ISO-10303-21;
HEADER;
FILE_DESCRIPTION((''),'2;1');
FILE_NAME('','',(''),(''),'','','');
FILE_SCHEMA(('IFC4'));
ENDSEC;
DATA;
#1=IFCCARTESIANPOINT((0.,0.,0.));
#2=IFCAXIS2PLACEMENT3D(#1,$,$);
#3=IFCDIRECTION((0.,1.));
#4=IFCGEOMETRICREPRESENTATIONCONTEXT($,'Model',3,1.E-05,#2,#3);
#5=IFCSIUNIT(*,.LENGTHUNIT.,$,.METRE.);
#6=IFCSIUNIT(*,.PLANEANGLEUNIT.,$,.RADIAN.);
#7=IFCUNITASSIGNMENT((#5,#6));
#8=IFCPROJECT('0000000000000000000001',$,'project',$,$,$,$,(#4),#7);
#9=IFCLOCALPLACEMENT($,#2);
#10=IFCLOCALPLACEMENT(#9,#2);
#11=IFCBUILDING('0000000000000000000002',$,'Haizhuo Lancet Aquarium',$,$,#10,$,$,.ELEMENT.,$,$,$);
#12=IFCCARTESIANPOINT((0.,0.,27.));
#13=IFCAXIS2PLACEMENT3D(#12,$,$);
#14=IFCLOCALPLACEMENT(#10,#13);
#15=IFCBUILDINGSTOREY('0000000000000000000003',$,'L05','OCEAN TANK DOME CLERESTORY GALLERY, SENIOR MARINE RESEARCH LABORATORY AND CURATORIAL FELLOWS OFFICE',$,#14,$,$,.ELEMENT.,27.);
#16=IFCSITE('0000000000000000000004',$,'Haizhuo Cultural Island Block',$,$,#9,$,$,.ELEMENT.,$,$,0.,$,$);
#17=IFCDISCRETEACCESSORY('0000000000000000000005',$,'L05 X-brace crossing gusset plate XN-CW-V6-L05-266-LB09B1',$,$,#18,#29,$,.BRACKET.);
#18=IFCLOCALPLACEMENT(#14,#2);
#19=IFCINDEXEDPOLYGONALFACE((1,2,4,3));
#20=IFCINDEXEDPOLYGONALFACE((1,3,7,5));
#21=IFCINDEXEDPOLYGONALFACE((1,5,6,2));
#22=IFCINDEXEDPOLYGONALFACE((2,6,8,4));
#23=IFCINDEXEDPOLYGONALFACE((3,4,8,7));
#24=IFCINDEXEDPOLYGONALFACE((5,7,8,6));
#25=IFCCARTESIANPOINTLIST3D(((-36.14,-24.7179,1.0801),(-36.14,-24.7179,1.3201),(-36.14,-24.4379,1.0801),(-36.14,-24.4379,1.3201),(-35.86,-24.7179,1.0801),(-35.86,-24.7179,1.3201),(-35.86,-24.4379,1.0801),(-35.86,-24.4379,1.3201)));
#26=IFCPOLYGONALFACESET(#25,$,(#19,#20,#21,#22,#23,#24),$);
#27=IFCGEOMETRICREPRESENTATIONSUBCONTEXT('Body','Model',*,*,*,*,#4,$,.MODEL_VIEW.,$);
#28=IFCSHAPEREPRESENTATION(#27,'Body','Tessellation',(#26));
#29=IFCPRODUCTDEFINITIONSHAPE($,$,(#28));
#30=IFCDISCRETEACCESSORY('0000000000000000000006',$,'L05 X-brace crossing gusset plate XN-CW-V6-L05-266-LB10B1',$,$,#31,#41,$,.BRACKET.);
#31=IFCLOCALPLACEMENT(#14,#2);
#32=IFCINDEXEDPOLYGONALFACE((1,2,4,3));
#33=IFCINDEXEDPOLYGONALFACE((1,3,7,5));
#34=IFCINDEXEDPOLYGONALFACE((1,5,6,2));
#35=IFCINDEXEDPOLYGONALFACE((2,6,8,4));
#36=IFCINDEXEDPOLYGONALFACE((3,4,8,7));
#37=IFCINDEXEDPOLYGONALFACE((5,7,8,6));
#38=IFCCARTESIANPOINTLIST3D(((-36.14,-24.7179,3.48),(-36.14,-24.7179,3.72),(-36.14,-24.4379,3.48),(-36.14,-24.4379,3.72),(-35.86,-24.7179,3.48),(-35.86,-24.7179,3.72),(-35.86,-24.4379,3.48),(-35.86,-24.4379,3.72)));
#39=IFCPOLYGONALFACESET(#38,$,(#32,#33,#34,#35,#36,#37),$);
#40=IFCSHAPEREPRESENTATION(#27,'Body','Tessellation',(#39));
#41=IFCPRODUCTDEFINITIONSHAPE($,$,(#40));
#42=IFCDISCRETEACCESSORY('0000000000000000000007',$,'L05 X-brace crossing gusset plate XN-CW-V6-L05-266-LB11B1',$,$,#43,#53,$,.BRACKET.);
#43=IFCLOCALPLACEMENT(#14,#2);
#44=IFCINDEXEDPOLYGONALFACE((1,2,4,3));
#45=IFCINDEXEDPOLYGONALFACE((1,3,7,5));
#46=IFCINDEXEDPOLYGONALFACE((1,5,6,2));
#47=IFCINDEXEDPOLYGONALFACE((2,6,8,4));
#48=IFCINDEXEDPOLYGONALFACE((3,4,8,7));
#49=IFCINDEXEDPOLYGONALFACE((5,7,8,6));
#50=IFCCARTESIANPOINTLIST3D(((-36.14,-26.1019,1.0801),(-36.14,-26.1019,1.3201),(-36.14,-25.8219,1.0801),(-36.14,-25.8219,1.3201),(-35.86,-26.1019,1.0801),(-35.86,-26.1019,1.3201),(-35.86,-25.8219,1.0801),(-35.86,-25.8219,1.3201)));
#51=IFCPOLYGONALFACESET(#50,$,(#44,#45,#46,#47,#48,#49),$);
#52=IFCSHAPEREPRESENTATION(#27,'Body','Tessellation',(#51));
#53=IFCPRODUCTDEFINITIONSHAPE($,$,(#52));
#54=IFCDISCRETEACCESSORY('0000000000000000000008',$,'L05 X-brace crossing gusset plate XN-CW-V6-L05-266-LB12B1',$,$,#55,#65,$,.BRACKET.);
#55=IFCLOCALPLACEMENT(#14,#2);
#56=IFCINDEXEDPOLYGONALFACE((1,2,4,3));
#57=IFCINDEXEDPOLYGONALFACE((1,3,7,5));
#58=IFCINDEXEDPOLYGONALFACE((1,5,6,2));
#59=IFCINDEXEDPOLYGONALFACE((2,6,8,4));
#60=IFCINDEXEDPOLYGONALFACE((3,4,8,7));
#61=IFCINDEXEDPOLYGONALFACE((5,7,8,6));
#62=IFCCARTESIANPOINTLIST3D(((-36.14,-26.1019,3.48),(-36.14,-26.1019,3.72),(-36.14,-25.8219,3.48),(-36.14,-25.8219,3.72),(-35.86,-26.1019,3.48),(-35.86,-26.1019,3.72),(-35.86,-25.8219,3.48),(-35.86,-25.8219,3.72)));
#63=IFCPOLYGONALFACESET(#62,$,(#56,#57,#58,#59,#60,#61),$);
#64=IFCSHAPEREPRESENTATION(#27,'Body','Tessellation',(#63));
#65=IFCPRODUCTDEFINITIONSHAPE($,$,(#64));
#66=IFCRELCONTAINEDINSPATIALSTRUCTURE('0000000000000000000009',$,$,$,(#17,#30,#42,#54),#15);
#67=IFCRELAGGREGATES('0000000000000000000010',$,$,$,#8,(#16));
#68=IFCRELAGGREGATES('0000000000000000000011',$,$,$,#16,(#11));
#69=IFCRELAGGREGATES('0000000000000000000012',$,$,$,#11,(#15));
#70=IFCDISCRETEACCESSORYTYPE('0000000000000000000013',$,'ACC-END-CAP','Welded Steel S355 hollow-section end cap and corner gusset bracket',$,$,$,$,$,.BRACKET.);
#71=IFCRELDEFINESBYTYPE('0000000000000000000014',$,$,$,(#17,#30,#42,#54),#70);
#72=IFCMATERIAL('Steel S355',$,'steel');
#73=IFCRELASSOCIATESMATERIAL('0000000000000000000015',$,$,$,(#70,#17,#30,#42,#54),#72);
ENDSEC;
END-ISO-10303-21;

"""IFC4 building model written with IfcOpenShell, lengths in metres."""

from ifc_helpers import new_model, si_unit, direction, frame, origin, origin_2d, place, context, subcontext, project, spatial, rectangle, extrude, material, type_object, element, save


model = new_model("IFC4")

# Units and contexts
model_context = context("Model", 3, precision=1e-05, world=origin(), true_north=direction((0.0, 1.0)))
body_context = subcontext(model_context, "Body", "Model", "MODEL_VIEW")
ifc_project = project(units=[si_unit("LENGTHUNIT", "METRE"), si_unit("PLANEANGLEUNIT", "RADIAN")], contexts=[model_context])

# Site, building, storey
site_placement = place(None, origin())
site = spatial("IfcSite", under=ifc_project, at=site_placement, Name="Haizhuo Cultural Island Block", CompositionType="ELEMENT", RefElevation=0.0)
building_placement = place(site_placement, origin())
building = spatial("IfcBuilding", under=site, at=building_placement, Name="Haizhuo Lancet Aquarium", CompositionType="ELEMENT")
storey_placement = place(building_placement, frame((0.0, 0.0, 27.0)))
storey = spatial("IfcBuildingStorey", under=building, at=storey_placement, Name="L05", Description="OCEAN TANK DOME CLERESTORY GALLERY, SENIOR MARINE RESEARCH LABORATORY AND CURATORIAL FELLOWS OFFICE", CompositionType="ELEMENT", Elevation=27.0)

# Discrete accessories
ifc_material = material(Name="Steel S355", Category="steel")
discrete_accessory_type = type_object("IfcDiscreteAccessoryType", Name="ACC-END-CAP", Description="Welded Steel S355 hollow-section end cap and corner gusset bracket", PredefinedType="BRACKET", material=ifc_material)
for number, where, z_axis, x_axis, name in (
    (1, (-36.0, -24.5779, 1.0801), (0.0, 0.0, 1.0), (1.0, 0.0, 0.0), "L05 X-brace crossing gusset plate XN-CW-V6-L05-266-LB09B1"),
    (2, (-36.0, -24.5779, 3.48), (0.0, 0.0, 1.0), (1.0, 0.0, 0.0), "L05 X-brace crossing gusset plate XN-CW-V6-L05-266-LB10B1"),
    (3, (-36.0, -25.9619, 1.0801), (0.0, 0.0, 1.0), (1.0, 0.0, 0.0), "L05 X-brace crossing gusset plate XN-CW-V6-L05-266-LB11B1"),
    (4, (-36.0, -25.9619, 3.48), (0.0, 0.0, 1.0), (1.0, 0.0, 0.0), "L05 X-brace crossing gusset plate XN-CW-V6-L05-266-LB12B1"),
):
    element("IfcDiscreteAccessory", number, at=place(storey_placement, frame(where, z_axis=z_axis, x_axis=x_axis)), inside=storey, type_object=discrete_accessory_type, material=ifc_material, Name=name, PredefinedType="BRACKET", context=body_context, shape_type="SweptSolid", body=[
        extrude(rectangle(XDim=0.28, YDim=0.28, at=origin_2d()), origin(), (0.0, 0.0, 1.0), 0.24),
    ])

save(model, "model.ifc")
